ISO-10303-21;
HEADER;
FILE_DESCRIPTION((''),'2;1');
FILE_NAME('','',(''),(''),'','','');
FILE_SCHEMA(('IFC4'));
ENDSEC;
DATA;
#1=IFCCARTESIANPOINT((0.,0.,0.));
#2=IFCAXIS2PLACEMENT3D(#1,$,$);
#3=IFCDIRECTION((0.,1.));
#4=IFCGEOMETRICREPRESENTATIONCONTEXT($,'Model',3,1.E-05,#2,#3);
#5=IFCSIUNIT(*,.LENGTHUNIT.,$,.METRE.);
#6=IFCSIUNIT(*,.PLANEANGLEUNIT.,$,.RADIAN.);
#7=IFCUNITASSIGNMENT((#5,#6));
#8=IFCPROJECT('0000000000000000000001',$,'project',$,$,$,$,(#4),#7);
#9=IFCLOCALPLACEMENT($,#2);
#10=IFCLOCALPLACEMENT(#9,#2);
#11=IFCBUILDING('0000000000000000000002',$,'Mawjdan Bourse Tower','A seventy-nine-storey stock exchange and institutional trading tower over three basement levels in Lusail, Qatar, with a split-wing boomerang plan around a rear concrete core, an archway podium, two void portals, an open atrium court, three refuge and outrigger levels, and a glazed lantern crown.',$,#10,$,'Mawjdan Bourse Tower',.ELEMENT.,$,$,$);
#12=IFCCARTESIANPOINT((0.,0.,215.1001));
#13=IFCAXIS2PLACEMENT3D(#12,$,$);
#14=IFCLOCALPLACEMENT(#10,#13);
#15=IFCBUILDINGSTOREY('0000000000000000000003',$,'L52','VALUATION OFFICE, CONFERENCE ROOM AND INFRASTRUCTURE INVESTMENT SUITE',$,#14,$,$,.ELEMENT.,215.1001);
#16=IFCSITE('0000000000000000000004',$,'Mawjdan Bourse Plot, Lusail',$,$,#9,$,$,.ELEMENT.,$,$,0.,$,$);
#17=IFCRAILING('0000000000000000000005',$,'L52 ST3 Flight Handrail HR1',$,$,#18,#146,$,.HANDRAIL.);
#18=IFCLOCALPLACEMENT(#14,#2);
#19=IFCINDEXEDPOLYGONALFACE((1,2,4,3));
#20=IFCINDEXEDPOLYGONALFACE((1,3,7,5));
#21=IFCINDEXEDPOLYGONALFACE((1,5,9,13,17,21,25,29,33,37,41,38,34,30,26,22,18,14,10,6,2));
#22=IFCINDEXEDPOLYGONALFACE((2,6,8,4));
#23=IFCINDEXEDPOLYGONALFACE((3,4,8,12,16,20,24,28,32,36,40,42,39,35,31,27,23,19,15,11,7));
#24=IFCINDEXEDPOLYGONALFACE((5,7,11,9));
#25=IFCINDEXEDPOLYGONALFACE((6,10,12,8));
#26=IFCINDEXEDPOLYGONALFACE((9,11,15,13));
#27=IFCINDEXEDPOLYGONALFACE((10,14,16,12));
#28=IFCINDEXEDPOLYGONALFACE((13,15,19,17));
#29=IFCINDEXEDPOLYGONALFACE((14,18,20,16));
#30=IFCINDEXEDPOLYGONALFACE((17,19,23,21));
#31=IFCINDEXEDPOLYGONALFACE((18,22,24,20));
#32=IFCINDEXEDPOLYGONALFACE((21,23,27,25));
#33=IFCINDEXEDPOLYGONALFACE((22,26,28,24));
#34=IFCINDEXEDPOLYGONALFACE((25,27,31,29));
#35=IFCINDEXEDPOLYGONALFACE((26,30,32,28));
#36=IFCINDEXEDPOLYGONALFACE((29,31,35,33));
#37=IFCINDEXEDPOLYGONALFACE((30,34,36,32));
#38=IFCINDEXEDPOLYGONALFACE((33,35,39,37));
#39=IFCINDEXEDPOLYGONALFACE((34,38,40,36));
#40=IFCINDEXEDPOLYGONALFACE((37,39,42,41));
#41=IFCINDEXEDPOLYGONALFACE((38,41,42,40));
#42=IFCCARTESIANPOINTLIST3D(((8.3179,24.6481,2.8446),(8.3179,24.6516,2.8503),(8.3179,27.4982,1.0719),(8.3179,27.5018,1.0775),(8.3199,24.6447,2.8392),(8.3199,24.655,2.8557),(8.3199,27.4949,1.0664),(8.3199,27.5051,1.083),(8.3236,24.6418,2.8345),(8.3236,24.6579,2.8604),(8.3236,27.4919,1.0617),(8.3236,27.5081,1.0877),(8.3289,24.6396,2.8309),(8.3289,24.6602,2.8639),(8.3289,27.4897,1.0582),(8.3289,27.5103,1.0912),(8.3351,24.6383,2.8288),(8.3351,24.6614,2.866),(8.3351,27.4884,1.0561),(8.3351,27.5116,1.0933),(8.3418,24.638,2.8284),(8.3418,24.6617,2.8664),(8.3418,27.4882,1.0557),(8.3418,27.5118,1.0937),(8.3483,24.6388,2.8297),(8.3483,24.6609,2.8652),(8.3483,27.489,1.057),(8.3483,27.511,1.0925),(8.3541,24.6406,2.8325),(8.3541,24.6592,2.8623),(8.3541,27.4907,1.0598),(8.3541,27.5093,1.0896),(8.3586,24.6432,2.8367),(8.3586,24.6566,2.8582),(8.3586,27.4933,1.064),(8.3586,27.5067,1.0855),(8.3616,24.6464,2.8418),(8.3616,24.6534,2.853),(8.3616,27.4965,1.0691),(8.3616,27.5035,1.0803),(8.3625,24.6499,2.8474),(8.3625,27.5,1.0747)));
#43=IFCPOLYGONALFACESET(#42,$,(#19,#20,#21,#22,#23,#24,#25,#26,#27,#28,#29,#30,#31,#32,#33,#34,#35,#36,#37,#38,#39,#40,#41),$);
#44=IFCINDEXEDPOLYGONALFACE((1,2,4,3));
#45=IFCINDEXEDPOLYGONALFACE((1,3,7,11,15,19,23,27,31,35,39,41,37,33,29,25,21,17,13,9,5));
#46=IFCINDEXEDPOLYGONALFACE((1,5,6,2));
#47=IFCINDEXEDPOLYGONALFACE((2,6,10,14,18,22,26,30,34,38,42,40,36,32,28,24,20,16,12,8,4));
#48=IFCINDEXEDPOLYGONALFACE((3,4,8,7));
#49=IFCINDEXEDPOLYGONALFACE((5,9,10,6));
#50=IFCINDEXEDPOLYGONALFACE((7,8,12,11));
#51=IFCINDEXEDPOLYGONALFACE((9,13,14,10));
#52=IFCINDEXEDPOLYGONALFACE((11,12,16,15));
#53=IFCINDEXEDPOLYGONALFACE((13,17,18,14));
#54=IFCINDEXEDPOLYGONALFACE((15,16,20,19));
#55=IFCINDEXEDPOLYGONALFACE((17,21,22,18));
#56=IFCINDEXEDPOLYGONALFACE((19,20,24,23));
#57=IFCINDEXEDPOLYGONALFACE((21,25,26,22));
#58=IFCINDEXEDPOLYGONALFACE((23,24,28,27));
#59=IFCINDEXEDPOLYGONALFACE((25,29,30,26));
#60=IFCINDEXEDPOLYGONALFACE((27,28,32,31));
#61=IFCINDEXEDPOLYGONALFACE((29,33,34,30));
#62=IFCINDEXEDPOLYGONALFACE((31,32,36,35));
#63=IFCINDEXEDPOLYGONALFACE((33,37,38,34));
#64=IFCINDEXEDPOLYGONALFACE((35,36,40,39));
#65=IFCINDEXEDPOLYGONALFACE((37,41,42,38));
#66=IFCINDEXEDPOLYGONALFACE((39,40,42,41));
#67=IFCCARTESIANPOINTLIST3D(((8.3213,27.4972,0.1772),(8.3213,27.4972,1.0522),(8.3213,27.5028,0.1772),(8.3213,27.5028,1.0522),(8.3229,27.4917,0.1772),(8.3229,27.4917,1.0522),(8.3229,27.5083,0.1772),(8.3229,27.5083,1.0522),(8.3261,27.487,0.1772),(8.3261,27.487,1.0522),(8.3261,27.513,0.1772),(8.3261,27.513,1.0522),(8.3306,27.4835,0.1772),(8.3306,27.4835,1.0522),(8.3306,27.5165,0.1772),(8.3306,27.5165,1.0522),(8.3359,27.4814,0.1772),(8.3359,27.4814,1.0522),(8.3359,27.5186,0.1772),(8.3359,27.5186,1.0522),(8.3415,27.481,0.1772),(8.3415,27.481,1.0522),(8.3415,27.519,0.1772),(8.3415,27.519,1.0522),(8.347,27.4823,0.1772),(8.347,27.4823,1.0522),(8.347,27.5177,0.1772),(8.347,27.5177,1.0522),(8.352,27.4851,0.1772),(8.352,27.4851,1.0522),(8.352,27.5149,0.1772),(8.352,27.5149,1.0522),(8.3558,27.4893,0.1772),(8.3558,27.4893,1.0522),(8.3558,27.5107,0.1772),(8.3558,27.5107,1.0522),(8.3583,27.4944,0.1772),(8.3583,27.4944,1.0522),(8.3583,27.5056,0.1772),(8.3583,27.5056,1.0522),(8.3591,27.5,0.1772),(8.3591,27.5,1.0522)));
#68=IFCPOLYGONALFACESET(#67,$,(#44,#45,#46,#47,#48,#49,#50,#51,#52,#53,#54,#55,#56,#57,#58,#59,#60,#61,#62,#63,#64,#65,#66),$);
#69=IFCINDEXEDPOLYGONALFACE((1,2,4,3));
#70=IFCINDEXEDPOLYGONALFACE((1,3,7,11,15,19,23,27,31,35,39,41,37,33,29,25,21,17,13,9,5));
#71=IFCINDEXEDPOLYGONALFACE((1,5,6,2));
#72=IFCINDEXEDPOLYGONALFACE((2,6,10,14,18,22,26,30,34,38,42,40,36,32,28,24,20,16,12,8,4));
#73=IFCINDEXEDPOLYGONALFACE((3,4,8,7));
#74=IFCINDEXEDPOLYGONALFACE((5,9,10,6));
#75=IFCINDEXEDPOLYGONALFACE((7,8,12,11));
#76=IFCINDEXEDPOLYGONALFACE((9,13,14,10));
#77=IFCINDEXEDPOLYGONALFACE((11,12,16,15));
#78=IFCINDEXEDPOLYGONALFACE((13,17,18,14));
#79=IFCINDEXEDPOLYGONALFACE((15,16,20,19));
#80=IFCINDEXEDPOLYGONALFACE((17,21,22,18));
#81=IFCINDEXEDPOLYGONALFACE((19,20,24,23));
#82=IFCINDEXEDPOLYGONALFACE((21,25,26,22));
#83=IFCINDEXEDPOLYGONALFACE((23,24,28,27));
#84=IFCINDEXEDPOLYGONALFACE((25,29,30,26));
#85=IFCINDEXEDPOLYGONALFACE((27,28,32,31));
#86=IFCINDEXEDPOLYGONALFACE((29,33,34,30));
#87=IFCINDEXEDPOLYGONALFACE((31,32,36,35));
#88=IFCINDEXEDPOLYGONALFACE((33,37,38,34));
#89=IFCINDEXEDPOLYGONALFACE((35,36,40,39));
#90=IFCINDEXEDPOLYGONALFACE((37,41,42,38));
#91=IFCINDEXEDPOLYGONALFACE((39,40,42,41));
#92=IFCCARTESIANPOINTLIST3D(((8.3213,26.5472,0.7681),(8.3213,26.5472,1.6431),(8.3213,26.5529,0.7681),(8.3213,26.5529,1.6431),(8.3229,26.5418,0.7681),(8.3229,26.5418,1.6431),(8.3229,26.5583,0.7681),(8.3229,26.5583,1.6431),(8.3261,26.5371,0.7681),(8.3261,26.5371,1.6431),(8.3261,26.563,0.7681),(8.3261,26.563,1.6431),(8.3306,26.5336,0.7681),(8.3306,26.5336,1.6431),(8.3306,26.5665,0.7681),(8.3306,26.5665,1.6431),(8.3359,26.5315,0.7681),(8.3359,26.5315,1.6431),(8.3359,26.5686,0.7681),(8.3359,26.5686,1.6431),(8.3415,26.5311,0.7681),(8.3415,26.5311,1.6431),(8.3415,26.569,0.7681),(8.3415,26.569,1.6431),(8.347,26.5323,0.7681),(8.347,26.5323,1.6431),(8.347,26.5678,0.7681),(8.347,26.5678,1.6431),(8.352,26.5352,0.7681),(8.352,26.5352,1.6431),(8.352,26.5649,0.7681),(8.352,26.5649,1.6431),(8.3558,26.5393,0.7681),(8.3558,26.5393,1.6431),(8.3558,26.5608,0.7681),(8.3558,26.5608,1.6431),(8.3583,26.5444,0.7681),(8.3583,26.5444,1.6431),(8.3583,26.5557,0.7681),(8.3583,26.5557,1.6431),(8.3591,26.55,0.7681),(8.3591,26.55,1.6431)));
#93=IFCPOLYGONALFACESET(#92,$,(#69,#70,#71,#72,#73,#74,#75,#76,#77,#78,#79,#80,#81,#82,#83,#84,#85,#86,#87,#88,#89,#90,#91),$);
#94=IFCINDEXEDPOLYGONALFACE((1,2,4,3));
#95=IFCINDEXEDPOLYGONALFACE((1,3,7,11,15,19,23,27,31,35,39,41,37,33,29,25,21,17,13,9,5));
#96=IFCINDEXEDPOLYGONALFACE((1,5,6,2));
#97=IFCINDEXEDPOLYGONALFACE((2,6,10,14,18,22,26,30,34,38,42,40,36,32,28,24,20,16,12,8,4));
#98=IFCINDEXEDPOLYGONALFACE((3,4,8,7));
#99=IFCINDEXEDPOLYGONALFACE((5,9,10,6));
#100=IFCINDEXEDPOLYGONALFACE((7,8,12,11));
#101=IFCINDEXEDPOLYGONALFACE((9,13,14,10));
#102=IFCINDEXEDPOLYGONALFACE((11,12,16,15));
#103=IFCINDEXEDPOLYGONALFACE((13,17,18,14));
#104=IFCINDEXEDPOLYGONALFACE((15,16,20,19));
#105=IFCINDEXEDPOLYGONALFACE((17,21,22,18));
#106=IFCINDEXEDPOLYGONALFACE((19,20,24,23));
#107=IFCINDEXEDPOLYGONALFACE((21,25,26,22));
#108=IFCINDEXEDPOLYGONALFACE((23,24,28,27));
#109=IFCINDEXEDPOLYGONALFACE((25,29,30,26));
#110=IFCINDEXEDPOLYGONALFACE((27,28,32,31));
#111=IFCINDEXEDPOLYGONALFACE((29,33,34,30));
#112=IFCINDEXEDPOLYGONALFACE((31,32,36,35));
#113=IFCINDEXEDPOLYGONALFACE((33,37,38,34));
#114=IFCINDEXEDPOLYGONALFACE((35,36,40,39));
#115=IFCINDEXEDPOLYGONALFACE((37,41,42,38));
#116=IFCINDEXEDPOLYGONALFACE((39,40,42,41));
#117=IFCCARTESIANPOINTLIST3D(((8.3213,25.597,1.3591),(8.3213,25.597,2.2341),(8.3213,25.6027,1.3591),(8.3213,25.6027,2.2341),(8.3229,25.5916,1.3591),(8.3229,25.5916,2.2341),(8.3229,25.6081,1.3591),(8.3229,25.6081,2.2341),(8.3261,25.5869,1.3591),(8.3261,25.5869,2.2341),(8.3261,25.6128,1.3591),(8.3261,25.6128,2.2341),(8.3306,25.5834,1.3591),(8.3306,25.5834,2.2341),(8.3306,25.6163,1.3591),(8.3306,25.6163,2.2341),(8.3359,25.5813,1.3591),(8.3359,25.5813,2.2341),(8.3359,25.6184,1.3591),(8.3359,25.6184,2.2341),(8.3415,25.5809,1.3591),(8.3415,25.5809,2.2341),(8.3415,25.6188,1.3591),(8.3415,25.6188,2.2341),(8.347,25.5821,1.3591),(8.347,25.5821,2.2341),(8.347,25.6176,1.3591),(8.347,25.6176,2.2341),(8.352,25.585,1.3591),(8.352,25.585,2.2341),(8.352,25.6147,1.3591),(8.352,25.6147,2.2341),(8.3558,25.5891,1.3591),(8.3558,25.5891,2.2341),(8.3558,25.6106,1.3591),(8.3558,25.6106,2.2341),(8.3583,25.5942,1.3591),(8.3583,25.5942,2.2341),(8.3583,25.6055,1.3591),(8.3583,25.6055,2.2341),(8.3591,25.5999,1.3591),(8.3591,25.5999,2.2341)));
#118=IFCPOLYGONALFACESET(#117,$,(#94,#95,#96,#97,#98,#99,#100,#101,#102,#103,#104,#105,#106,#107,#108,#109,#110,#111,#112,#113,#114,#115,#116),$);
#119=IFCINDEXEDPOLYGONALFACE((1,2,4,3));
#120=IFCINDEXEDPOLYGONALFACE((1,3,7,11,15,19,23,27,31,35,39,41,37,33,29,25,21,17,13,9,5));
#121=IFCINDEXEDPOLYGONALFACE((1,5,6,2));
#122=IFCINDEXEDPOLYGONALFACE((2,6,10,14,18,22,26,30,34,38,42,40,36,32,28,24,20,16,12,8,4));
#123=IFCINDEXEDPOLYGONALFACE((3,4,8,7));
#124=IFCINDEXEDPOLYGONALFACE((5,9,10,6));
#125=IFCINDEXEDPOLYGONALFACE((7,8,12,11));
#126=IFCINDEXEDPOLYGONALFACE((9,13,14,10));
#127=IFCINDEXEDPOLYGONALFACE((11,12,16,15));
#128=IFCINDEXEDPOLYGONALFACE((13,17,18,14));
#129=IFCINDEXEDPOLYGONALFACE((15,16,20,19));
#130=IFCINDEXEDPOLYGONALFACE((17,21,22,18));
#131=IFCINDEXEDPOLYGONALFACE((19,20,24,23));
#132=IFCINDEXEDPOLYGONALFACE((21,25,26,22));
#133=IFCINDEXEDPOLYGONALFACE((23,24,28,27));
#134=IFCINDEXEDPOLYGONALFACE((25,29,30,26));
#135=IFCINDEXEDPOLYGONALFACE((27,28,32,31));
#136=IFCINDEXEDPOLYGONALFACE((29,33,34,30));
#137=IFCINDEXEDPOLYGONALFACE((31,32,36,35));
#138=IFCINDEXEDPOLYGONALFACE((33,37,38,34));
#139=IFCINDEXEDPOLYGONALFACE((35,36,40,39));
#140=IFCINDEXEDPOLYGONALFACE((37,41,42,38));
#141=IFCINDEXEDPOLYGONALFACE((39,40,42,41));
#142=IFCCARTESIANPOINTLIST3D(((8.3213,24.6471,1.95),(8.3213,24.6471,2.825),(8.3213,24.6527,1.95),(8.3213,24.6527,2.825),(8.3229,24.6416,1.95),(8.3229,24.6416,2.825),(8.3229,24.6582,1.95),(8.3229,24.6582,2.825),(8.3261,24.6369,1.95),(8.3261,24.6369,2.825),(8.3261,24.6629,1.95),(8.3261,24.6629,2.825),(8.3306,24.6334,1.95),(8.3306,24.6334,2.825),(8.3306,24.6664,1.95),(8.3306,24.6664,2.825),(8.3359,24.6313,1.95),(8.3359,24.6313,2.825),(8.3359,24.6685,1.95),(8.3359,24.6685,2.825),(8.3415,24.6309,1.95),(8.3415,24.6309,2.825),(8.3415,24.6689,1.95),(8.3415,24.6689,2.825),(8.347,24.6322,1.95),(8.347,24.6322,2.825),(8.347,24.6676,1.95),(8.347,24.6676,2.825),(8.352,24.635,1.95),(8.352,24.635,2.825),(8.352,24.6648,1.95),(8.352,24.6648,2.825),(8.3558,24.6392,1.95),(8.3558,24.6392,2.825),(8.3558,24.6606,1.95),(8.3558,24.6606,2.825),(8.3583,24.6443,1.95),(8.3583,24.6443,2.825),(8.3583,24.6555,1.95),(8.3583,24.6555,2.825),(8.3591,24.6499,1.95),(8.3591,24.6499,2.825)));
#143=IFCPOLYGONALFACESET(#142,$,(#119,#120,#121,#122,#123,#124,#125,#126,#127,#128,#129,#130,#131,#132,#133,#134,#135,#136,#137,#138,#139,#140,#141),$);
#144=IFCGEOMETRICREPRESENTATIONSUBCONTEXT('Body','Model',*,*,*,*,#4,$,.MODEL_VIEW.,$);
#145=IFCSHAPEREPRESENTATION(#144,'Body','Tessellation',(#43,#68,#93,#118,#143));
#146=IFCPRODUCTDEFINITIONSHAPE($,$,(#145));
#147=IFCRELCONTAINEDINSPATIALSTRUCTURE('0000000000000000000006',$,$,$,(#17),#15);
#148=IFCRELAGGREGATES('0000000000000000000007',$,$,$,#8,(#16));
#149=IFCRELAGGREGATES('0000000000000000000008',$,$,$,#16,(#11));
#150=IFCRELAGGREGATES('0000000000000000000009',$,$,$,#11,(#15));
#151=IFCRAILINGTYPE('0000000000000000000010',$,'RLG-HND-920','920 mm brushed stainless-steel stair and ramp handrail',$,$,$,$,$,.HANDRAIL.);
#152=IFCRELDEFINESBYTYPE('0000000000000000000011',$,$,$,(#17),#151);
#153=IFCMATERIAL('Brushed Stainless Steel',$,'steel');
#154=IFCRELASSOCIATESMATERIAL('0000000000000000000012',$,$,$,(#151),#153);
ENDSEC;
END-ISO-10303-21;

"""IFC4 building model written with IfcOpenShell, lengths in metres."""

from ifc_helpers import new_model, si_unit, direction, frame, origin, origin_2d, place, context, subcontext, project, spatial, circle, extrude, material, type_object, element, save


model = new_model("IFC4")

# Units and contexts
model_context = context("Model", 3, precision=1e-05, world=origin(), true_north=direction((0.0, 1.0)))
body_context = subcontext(model_context, "Body", "Model", "MODEL_VIEW")
ifc_project = project(units=[si_unit("LENGTHUNIT", "METRE"), si_unit("PLANEANGLEUNIT", "RADIAN")], contexts=[model_context])

# Site, building, storey
site_placement = place(None, origin())
site = spatial("IfcSite", under=ifc_project, at=site_placement, Name="Mawjdan Bourse Plot, Lusail", CompositionType="ELEMENT", RefElevation=0.0)
building_placement = place(site_placement, origin())
building = spatial("IfcBuilding", under=site, at=building_placement, Name="Mawjdan Bourse Tower", Description="A seventy-nine-storey stock exchange and institutional trading tower over three basement levels in Lusail, Qatar, with a split-wing boomerang plan around a rear concrete core, an archway podium, two void portals, an open atrium court, three refuge and outrigger levels, and a glazed lantern crown.", LongName="Mawjdan Bourse Tower", CompositionType="ELEMENT")
storey_placement = place(building_placement, frame((0.0, 0.0, 215.1001)))
storey = spatial("IfcBuildingStorey", under=building, at=storey_placement, Name="L52", Description="VALUATION OFFICE, CONFERENCE ROOM AND INFRASTRUCTURE INVESTMENT SUITE", CompositionType="ELEMENT", Elevation=215.1001)

# Railing
ifc_material_1 = material(Name="Brushed Stainless Steel", Category="steel")
railing_type_1 = type_object("IfcRailingType", Name="RLG-HND-920", Description="920 mm brushed stainless-steel stair and ramp handrail", PredefinedType="HANDRAIL", material=ifc_material_1)
railing_1_placement = place(storey_placement, frame((8.3401, 27.5, 0.1772)))
element("IfcRailing", 1, at=railing_1_placement, inside=storey, type_object=railing_type_1, Name="L52 ST3 Flight Handrail HR1", PredefinedType="HANDRAIL", context=body_context, shape_type="SweptSolid", body=[
    extrude(circle(Radius=0.0225, at=origin_2d()), frame((0.0, 0.0, 0.8975), z_axis=(0.0, -0.849149, 0.528154), x_axis=(1.0, 0.0, 0.0)), (0.0, 0.0, 1.0), 3.3564),
    extrude(circle(Radius=0.019, at=origin_2d()), origin(), (0.0, 0.0, 1.0), 0.875),
    extrude(circle(Radius=0.019, at=origin_2d()), frame((0.0, -0.95, 0.5908)), (0.0, 0.0, 1.0), 0.875),
    extrude(circle(Radius=0.019, at=origin_2d()), frame((0.0, -1.9001, 1.1819)), (0.0, 0.0, 1.0), 0.875),
    extrude(circle(Radius=0.019, at=origin_2d()), frame((0.0, -2.8501, 1.7727)), (0.0, 0.0, 1.0), 0.875),
])

save(model, "model.ifc")
